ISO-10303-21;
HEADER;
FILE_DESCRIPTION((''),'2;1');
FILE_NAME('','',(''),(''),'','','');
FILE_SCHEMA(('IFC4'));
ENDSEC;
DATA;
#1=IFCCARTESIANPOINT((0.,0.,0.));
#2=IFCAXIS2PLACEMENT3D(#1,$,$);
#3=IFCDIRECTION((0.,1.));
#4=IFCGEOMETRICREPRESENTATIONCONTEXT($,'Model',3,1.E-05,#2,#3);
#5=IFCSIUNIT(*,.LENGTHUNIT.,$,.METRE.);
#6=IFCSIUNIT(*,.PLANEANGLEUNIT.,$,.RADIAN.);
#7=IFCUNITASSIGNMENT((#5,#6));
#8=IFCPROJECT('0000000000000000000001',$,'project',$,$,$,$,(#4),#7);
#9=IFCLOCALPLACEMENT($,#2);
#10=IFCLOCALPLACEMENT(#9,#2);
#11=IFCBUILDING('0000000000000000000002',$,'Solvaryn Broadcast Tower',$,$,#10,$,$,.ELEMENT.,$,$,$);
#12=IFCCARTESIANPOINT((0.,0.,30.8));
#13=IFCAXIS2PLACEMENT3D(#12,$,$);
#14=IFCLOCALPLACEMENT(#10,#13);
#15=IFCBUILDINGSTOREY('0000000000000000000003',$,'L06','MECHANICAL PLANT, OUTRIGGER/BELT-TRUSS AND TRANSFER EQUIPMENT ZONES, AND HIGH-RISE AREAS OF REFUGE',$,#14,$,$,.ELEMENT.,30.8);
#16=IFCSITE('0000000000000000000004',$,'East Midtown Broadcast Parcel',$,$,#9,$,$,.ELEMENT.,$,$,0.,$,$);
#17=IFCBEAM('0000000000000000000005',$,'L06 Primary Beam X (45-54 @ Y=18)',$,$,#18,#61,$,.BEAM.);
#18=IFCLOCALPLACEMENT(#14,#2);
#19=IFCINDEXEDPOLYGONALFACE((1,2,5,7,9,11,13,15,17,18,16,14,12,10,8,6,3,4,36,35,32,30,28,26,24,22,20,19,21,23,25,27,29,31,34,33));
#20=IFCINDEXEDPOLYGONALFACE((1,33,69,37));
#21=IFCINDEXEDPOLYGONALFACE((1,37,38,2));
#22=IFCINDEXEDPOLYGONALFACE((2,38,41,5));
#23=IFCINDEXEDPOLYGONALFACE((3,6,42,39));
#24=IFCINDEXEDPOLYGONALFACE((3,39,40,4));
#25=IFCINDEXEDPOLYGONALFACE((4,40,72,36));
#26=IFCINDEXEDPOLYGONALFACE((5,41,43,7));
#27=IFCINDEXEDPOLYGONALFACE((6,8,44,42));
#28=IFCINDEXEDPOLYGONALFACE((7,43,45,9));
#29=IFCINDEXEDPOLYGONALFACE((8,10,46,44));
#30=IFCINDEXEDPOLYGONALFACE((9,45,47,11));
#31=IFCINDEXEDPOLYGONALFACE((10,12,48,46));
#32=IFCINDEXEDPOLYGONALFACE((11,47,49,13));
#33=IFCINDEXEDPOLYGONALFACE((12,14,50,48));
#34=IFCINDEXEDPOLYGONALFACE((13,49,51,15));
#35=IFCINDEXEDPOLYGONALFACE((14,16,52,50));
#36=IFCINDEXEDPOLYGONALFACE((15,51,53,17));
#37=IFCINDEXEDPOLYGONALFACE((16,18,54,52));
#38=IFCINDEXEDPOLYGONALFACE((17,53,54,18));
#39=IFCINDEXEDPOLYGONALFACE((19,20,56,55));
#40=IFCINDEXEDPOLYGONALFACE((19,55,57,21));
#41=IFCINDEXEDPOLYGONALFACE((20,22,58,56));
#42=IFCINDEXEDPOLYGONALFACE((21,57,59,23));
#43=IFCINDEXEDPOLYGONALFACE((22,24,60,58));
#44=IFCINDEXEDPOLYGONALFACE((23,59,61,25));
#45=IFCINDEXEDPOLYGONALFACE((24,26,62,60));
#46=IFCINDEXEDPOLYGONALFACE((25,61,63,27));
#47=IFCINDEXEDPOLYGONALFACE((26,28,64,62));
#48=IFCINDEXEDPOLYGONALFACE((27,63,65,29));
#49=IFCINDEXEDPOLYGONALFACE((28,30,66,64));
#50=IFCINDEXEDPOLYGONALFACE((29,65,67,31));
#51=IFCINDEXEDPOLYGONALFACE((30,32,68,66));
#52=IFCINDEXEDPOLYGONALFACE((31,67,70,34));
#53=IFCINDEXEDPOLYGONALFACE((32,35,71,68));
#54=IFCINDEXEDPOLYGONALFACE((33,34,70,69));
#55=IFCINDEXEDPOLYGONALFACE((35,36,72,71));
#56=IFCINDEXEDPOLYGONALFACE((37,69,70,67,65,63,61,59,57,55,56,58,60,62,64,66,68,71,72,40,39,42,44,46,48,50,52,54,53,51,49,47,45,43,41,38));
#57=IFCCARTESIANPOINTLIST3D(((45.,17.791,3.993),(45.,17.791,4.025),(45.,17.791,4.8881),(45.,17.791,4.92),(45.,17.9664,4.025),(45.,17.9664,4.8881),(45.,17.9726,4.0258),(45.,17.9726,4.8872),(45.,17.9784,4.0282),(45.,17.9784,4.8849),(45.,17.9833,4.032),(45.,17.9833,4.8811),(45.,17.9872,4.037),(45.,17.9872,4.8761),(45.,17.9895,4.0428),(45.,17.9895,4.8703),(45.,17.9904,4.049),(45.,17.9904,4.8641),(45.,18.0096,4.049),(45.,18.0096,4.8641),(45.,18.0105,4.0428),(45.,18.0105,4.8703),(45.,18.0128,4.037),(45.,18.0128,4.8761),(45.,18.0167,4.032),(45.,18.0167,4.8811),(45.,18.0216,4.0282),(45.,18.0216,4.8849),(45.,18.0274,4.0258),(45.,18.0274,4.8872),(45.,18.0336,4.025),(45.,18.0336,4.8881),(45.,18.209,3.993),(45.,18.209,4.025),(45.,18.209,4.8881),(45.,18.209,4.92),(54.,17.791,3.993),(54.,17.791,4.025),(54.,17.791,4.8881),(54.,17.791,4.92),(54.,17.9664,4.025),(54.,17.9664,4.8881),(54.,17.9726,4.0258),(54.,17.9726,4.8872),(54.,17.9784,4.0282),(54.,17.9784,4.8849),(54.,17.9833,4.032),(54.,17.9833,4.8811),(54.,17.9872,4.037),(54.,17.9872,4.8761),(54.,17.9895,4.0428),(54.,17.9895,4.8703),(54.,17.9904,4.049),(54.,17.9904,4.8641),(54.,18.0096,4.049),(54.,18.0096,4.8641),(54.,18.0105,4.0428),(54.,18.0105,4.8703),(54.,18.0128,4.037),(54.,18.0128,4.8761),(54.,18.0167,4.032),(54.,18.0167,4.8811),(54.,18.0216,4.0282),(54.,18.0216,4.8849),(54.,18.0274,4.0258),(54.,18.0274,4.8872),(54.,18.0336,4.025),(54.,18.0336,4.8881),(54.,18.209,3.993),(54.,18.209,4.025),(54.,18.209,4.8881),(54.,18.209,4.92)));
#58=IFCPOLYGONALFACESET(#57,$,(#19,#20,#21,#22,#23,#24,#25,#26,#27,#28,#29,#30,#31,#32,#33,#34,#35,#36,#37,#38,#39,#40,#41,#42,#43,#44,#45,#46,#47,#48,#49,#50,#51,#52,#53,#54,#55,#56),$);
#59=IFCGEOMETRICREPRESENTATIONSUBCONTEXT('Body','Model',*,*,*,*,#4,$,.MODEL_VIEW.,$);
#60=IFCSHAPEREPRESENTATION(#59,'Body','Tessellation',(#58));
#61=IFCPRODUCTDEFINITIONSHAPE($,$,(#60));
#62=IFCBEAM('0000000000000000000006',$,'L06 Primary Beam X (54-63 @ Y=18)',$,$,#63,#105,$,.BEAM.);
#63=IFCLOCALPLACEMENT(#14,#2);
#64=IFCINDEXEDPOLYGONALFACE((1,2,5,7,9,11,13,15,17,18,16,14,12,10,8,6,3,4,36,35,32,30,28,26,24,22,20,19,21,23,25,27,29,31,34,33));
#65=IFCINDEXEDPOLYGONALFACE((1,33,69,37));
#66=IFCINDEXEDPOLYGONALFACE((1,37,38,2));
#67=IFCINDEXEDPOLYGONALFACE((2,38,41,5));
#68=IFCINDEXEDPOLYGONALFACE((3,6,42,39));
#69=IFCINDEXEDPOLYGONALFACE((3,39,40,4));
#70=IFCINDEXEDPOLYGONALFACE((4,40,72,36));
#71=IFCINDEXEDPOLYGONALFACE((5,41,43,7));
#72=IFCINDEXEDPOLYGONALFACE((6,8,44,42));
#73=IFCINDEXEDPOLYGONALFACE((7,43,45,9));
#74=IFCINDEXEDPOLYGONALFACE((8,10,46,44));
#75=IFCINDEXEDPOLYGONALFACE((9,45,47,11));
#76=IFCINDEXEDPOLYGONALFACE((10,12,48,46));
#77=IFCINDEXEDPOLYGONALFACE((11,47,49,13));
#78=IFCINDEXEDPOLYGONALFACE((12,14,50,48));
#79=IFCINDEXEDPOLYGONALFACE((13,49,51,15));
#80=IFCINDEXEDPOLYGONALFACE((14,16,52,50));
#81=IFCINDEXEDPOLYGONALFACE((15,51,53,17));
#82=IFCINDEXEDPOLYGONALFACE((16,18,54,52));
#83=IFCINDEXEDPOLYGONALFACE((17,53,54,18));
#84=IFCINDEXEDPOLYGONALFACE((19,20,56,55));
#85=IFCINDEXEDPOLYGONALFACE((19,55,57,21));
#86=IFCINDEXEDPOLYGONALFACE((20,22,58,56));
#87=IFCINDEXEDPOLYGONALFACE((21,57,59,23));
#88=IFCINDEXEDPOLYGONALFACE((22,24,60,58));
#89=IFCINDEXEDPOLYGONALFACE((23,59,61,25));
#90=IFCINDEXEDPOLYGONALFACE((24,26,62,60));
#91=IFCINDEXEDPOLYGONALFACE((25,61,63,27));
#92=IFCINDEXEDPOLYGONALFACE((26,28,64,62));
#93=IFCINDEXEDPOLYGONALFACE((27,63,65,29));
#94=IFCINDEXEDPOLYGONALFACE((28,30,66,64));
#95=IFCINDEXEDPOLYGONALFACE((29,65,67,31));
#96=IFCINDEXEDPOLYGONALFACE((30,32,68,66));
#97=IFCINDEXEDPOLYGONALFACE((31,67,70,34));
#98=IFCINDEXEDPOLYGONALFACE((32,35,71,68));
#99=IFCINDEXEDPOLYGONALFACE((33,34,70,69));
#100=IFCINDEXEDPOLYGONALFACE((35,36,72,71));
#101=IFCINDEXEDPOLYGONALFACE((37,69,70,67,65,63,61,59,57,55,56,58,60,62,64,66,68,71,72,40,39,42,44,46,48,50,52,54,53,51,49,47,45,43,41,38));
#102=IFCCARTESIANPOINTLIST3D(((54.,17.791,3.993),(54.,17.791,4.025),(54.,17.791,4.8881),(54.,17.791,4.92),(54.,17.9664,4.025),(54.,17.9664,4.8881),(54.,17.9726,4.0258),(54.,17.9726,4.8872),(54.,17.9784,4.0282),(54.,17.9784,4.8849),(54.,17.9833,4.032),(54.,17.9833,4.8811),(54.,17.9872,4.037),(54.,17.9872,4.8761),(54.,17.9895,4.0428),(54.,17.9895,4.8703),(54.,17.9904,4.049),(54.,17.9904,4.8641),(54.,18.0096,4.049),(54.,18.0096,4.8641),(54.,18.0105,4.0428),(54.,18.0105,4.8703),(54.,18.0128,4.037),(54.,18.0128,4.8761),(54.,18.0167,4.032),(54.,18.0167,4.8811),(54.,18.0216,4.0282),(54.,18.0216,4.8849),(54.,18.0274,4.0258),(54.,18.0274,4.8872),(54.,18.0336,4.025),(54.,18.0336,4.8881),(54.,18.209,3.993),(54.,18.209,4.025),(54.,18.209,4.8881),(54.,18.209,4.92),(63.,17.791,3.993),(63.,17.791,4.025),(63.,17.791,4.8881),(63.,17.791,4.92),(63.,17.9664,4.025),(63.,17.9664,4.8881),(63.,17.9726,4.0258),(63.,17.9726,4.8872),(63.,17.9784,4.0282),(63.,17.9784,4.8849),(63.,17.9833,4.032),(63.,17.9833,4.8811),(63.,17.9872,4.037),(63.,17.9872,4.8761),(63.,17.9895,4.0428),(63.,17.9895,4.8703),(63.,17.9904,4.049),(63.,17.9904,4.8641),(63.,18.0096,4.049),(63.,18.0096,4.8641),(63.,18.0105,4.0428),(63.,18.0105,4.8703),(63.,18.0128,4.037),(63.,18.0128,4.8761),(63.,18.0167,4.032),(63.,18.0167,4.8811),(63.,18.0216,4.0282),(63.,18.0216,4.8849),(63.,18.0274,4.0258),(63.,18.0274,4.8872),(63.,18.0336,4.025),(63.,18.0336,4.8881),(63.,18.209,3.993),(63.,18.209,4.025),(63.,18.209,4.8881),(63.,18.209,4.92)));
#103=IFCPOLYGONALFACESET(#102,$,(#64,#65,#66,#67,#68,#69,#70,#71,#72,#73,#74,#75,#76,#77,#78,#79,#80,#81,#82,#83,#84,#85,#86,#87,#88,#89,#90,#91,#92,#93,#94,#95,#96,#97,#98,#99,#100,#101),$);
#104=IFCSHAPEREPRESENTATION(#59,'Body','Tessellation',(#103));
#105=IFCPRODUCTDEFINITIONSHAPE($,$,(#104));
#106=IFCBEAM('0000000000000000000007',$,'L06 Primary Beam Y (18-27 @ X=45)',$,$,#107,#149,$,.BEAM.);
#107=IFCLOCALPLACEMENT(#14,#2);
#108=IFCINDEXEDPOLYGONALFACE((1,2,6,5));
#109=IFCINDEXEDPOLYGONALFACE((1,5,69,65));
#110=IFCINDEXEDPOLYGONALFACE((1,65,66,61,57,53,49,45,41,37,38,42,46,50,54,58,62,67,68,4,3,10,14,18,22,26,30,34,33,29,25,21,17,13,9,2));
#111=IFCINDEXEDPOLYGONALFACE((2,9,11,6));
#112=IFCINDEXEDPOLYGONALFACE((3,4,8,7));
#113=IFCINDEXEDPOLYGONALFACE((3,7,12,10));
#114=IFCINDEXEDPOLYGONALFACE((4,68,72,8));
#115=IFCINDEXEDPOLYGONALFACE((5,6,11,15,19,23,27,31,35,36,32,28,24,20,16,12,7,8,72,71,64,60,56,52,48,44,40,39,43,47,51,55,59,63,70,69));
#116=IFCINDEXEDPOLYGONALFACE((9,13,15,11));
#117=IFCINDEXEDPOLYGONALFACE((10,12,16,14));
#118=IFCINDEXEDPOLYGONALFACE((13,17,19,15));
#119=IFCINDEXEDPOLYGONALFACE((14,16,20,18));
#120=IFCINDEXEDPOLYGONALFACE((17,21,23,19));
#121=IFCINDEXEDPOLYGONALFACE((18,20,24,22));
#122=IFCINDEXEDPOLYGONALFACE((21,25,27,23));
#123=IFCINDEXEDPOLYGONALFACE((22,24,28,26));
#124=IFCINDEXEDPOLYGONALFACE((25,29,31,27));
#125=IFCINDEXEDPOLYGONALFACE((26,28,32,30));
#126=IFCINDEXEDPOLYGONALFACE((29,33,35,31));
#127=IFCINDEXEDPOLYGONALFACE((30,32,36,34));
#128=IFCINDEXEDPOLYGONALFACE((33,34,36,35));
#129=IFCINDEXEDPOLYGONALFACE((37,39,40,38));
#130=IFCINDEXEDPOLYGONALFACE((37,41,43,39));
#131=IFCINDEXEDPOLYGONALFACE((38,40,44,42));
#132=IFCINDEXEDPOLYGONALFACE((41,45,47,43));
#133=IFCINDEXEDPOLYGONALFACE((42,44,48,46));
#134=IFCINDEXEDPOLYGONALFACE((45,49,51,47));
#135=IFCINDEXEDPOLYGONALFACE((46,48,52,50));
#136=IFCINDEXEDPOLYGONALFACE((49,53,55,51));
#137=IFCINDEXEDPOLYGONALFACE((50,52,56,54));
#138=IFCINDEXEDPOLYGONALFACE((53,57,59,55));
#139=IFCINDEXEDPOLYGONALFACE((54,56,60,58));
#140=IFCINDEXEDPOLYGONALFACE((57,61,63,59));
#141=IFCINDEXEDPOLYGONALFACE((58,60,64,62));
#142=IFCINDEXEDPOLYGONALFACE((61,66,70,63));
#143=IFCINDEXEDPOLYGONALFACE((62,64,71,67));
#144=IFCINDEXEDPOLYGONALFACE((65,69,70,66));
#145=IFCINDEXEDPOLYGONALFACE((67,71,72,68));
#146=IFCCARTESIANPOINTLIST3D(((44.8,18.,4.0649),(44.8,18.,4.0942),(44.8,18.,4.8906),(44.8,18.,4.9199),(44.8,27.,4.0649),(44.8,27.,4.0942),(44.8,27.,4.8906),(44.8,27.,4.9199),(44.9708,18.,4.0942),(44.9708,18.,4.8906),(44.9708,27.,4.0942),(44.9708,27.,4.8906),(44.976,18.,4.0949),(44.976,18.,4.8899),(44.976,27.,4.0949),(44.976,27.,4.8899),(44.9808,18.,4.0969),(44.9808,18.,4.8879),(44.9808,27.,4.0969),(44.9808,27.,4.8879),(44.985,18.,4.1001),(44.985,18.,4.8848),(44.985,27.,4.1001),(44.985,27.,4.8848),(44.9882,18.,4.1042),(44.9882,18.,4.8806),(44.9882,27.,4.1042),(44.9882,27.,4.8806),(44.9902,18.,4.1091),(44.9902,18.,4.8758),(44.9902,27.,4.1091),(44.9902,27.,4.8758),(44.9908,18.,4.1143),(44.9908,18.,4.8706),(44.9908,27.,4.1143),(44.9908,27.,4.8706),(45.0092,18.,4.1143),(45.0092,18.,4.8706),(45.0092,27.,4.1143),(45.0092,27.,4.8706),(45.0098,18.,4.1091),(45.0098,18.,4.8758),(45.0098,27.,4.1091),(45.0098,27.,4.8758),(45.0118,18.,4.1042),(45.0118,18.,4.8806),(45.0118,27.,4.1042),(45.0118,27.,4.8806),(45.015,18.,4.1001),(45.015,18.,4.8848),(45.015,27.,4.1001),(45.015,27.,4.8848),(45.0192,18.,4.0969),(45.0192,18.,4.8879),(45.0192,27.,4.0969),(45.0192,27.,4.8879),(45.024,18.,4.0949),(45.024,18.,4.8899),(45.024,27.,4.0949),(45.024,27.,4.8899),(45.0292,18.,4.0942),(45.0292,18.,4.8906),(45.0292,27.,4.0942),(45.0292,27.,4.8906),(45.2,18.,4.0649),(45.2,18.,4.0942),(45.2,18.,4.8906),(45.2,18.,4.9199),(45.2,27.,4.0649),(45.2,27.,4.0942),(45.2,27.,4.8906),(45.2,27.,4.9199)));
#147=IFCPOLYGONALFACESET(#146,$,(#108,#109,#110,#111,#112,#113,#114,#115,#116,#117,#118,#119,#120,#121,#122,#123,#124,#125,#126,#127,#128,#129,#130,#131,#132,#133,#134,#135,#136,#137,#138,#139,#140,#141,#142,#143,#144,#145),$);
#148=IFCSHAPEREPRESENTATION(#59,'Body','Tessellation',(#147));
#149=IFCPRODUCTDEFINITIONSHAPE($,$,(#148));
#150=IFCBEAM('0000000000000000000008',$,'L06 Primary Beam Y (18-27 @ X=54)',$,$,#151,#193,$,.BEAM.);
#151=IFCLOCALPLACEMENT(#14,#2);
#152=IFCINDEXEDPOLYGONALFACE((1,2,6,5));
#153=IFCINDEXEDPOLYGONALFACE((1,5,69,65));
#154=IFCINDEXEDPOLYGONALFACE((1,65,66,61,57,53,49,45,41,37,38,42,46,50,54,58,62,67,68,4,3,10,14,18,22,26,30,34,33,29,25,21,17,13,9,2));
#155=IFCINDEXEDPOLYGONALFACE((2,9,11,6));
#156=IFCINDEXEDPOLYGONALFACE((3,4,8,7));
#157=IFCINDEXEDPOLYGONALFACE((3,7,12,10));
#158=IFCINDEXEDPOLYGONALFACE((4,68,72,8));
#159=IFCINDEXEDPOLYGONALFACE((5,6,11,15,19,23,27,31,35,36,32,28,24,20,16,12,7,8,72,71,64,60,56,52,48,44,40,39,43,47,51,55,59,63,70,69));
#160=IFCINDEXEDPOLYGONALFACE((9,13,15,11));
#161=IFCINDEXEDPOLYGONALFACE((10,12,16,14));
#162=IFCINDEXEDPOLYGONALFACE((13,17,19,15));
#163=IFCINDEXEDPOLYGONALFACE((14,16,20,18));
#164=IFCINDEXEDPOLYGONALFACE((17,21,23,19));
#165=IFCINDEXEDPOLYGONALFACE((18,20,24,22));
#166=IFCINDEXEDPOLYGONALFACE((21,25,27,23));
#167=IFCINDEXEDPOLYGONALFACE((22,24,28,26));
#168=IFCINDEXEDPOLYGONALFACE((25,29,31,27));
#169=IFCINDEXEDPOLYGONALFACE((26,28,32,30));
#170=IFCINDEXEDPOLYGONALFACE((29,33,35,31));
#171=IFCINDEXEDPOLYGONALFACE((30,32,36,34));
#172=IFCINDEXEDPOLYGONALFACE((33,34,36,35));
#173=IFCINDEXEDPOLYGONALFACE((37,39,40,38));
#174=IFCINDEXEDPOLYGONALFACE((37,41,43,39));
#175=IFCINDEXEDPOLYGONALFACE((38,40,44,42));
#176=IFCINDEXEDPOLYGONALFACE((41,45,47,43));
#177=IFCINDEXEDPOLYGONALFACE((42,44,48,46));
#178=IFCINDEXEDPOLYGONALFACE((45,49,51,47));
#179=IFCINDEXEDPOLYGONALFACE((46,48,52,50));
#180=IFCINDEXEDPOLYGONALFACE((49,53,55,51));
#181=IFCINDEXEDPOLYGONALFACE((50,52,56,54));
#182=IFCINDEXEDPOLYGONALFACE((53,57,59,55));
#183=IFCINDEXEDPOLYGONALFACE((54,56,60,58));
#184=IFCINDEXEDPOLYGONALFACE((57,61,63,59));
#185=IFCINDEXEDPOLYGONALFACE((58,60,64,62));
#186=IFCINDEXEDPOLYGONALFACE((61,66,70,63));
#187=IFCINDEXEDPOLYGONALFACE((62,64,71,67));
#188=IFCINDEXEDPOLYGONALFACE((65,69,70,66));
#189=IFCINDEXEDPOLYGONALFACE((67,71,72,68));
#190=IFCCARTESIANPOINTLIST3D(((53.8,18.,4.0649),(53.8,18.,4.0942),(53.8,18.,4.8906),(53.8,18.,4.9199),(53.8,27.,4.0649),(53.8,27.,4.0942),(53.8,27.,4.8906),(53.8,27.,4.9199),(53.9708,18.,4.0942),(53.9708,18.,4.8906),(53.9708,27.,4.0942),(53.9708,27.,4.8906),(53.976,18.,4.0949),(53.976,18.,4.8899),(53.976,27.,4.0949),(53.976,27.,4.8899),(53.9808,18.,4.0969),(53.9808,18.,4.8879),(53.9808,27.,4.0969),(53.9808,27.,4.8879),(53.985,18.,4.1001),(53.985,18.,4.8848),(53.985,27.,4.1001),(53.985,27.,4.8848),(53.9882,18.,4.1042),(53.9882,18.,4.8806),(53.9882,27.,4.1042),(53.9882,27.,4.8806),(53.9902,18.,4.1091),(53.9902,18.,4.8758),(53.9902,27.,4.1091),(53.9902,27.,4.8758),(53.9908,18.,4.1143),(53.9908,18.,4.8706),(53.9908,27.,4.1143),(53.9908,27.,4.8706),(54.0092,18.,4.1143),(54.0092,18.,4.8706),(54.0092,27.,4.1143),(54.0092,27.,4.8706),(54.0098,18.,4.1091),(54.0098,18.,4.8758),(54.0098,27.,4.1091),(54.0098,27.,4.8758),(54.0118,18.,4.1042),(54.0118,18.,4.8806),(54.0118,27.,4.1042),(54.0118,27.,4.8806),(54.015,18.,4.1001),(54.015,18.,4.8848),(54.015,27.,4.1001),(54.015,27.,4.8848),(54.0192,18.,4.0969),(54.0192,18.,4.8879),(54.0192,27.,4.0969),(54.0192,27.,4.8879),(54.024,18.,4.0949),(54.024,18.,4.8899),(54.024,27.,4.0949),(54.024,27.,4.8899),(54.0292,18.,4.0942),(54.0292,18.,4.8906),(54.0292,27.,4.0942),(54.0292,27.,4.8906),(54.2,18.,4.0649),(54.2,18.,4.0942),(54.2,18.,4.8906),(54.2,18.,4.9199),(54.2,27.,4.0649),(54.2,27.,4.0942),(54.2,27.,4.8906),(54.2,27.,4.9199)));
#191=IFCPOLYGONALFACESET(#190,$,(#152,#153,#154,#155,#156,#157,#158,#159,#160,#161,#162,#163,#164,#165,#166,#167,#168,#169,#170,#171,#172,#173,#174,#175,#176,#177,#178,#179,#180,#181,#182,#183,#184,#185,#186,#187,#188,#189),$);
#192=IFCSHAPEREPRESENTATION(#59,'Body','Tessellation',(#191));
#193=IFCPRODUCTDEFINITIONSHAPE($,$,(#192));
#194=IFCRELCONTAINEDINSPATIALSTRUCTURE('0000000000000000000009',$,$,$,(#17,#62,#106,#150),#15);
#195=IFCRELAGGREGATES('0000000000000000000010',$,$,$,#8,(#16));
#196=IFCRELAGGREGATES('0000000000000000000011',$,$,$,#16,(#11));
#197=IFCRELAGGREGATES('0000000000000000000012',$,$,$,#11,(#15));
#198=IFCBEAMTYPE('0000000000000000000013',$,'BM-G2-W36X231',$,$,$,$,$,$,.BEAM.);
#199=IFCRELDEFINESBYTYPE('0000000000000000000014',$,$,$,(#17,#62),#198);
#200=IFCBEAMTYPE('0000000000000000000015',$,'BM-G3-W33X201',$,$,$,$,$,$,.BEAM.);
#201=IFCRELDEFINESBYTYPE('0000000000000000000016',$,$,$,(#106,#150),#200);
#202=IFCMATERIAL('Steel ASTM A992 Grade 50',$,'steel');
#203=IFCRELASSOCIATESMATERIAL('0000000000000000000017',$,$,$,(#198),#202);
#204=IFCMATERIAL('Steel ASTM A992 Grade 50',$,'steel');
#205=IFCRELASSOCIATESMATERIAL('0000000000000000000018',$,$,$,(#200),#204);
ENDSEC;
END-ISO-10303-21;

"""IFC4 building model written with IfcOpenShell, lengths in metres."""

from ifc_helpers import new_model, si_unit, direction, frame, origin, origin_2d, place, context, subcontext, project, spatial, i_section, extrude, material, material_profile, profile_set, type_object, element, save


model = new_model("IFC4")

# Units and contexts
model_context = context("Model", 3, precision=1e-05, world=origin(), true_north=direction((0.0, 1.0)))
body_context = subcontext(model_context, "Body", "Model", "MODEL_VIEW")
ifc_project = project(units=[si_unit("LENGTHUNIT", "METRE"), si_unit("PLANEANGLEUNIT", "RADIAN")], contexts=[model_context])

# Site, building, storey
site_placement = place(None, origin())
site = spatial("IfcSite", under=ifc_project, at=site_placement, Name="East Midtown Broadcast Parcel", CompositionType="ELEMENT", RefElevation=0.0)
building_placement = place(site_placement, origin())
building = spatial("IfcBuilding", under=site, at=building_placement, Name="Solvaryn Broadcast Tower", CompositionType="ELEMENT")
storey_placement = place(building_placement, frame((0.0, 0.0, 30.8)))
storey = spatial("IfcBuildingStorey", under=building, at=storey_placement, Name="L06", Description="MECHANICAL PLANT, OUTRIGGER/BELT-TRUSS AND TRANSFER EQUIPMENT ZONES, AND HIGH-RISE AREAS OF REFUGE", CompositionType="ELEMENT", Elevation=30.8)

# Beams
ifc_material_1 = material(Name="Steel ASTM A992 Grade 50", Category="steel")
ifc_material_profile_1 = material_profile(ifc_material_1, i_section(OverallWidth=0.418, OverallDepth=0.927, WebThickness=0.0193, FlangeThickness=0.032, FilletRadius=0.0239, at=origin_2d()))
ifc_profile_set_1 = profile_set([ifc_material_profile_1], Name="Steel ASTM A992 Grade 50")
beam_type_1 = type_object("IfcBeamType", Name="BM-G2-W36X231", PredefinedType="BEAM", material=ifc_profile_set_1)
for number, where, z_axis, x_axis, name in (
    (1, (45.0, 18.0, 4.4565), (1.0, 0.0, 0.0), (0.0, 1.0, 0.0), "L06 Primary Beam X (45-54 @ Y=18)"),
    (2, (54.0, 18.0, 4.4565), (1.0, 0.0, 0.0), (0.0, 1.0, 0.0), "L06 Primary Beam X (54-63 @ Y=18)"),
):
    element("IfcBeam", number, at=place(storey_placement, frame(where, z_axis=z_axis, x_axis=x_axis)), inside=storey, type_object=beam_type_1, Name=name, PredefinedType="BEAM", context=body_context, shape_type="SweptSolid", body=[
        extrude(i_section(OverallWidth=0.418, OverallDepth=0.927, WebThickness=0.0193, FlangeThickness=0.032, FilletRadius=0.0239, at=origin_2d()), origin(), (0.0, 0.0, 1.0), 9.0),
    ])
ifc_material_2 = material(Name="Steel ASTM A992 Grade 50", Category="steel")
ifc_material_profile_2 = material_profile(ifc_material_2, i_section(OverallWidth=0.3999, OverallDepth=0.855, WebThickness=0.0183, FlangeThickness=0.0293, FilletRadius=0.02, at=origin_2d()))
ifc_profile_set_2 = profile_set([ifc_material_profile_2], Name="Steel ASTM A992 Grade 50")
beam_type_2 = type_object("IfcBeamType", Name="BM-G3-W33X201", PredefinedType="BEAM", material=ifc_profile_set_2)
for number, where, z_axis, x_axis, name in (
    (3, (45.0, 18.0, 4.4924), (0.0, 1.0, 0.0), (-1.0, 0.0, 0.0), "L06 Primary Beam Y (18-27 @ X=45)"),
    (4, (54.0, 18.0, 4.4924), (0.0, 1.0, 0.0), (-1.0, 0.0, 0.0), "L06 Primary Beam Y (18-27 @ X=54)"),
):
    element("IfcBeam", number, at=place(storey_placement, frame(where, z_axis=z_axis, x_axis=x_axis)), inside=storey, type_object=beam_type_2, Name=name, PredefinedType="BEAM", context=body_context, shape_type="SweptSolid", body=[
        extrude(i_section(OverallWidth=0.3999, OverallDepth=0.855, WebThickness=0.0183, FlangeThickness=0.0293, FilletRadius=0.02, at=origin_2d()), origin(), (0.0, 0.0, 1.0), 9.0),
    ])

save(model, "model.ifc")
